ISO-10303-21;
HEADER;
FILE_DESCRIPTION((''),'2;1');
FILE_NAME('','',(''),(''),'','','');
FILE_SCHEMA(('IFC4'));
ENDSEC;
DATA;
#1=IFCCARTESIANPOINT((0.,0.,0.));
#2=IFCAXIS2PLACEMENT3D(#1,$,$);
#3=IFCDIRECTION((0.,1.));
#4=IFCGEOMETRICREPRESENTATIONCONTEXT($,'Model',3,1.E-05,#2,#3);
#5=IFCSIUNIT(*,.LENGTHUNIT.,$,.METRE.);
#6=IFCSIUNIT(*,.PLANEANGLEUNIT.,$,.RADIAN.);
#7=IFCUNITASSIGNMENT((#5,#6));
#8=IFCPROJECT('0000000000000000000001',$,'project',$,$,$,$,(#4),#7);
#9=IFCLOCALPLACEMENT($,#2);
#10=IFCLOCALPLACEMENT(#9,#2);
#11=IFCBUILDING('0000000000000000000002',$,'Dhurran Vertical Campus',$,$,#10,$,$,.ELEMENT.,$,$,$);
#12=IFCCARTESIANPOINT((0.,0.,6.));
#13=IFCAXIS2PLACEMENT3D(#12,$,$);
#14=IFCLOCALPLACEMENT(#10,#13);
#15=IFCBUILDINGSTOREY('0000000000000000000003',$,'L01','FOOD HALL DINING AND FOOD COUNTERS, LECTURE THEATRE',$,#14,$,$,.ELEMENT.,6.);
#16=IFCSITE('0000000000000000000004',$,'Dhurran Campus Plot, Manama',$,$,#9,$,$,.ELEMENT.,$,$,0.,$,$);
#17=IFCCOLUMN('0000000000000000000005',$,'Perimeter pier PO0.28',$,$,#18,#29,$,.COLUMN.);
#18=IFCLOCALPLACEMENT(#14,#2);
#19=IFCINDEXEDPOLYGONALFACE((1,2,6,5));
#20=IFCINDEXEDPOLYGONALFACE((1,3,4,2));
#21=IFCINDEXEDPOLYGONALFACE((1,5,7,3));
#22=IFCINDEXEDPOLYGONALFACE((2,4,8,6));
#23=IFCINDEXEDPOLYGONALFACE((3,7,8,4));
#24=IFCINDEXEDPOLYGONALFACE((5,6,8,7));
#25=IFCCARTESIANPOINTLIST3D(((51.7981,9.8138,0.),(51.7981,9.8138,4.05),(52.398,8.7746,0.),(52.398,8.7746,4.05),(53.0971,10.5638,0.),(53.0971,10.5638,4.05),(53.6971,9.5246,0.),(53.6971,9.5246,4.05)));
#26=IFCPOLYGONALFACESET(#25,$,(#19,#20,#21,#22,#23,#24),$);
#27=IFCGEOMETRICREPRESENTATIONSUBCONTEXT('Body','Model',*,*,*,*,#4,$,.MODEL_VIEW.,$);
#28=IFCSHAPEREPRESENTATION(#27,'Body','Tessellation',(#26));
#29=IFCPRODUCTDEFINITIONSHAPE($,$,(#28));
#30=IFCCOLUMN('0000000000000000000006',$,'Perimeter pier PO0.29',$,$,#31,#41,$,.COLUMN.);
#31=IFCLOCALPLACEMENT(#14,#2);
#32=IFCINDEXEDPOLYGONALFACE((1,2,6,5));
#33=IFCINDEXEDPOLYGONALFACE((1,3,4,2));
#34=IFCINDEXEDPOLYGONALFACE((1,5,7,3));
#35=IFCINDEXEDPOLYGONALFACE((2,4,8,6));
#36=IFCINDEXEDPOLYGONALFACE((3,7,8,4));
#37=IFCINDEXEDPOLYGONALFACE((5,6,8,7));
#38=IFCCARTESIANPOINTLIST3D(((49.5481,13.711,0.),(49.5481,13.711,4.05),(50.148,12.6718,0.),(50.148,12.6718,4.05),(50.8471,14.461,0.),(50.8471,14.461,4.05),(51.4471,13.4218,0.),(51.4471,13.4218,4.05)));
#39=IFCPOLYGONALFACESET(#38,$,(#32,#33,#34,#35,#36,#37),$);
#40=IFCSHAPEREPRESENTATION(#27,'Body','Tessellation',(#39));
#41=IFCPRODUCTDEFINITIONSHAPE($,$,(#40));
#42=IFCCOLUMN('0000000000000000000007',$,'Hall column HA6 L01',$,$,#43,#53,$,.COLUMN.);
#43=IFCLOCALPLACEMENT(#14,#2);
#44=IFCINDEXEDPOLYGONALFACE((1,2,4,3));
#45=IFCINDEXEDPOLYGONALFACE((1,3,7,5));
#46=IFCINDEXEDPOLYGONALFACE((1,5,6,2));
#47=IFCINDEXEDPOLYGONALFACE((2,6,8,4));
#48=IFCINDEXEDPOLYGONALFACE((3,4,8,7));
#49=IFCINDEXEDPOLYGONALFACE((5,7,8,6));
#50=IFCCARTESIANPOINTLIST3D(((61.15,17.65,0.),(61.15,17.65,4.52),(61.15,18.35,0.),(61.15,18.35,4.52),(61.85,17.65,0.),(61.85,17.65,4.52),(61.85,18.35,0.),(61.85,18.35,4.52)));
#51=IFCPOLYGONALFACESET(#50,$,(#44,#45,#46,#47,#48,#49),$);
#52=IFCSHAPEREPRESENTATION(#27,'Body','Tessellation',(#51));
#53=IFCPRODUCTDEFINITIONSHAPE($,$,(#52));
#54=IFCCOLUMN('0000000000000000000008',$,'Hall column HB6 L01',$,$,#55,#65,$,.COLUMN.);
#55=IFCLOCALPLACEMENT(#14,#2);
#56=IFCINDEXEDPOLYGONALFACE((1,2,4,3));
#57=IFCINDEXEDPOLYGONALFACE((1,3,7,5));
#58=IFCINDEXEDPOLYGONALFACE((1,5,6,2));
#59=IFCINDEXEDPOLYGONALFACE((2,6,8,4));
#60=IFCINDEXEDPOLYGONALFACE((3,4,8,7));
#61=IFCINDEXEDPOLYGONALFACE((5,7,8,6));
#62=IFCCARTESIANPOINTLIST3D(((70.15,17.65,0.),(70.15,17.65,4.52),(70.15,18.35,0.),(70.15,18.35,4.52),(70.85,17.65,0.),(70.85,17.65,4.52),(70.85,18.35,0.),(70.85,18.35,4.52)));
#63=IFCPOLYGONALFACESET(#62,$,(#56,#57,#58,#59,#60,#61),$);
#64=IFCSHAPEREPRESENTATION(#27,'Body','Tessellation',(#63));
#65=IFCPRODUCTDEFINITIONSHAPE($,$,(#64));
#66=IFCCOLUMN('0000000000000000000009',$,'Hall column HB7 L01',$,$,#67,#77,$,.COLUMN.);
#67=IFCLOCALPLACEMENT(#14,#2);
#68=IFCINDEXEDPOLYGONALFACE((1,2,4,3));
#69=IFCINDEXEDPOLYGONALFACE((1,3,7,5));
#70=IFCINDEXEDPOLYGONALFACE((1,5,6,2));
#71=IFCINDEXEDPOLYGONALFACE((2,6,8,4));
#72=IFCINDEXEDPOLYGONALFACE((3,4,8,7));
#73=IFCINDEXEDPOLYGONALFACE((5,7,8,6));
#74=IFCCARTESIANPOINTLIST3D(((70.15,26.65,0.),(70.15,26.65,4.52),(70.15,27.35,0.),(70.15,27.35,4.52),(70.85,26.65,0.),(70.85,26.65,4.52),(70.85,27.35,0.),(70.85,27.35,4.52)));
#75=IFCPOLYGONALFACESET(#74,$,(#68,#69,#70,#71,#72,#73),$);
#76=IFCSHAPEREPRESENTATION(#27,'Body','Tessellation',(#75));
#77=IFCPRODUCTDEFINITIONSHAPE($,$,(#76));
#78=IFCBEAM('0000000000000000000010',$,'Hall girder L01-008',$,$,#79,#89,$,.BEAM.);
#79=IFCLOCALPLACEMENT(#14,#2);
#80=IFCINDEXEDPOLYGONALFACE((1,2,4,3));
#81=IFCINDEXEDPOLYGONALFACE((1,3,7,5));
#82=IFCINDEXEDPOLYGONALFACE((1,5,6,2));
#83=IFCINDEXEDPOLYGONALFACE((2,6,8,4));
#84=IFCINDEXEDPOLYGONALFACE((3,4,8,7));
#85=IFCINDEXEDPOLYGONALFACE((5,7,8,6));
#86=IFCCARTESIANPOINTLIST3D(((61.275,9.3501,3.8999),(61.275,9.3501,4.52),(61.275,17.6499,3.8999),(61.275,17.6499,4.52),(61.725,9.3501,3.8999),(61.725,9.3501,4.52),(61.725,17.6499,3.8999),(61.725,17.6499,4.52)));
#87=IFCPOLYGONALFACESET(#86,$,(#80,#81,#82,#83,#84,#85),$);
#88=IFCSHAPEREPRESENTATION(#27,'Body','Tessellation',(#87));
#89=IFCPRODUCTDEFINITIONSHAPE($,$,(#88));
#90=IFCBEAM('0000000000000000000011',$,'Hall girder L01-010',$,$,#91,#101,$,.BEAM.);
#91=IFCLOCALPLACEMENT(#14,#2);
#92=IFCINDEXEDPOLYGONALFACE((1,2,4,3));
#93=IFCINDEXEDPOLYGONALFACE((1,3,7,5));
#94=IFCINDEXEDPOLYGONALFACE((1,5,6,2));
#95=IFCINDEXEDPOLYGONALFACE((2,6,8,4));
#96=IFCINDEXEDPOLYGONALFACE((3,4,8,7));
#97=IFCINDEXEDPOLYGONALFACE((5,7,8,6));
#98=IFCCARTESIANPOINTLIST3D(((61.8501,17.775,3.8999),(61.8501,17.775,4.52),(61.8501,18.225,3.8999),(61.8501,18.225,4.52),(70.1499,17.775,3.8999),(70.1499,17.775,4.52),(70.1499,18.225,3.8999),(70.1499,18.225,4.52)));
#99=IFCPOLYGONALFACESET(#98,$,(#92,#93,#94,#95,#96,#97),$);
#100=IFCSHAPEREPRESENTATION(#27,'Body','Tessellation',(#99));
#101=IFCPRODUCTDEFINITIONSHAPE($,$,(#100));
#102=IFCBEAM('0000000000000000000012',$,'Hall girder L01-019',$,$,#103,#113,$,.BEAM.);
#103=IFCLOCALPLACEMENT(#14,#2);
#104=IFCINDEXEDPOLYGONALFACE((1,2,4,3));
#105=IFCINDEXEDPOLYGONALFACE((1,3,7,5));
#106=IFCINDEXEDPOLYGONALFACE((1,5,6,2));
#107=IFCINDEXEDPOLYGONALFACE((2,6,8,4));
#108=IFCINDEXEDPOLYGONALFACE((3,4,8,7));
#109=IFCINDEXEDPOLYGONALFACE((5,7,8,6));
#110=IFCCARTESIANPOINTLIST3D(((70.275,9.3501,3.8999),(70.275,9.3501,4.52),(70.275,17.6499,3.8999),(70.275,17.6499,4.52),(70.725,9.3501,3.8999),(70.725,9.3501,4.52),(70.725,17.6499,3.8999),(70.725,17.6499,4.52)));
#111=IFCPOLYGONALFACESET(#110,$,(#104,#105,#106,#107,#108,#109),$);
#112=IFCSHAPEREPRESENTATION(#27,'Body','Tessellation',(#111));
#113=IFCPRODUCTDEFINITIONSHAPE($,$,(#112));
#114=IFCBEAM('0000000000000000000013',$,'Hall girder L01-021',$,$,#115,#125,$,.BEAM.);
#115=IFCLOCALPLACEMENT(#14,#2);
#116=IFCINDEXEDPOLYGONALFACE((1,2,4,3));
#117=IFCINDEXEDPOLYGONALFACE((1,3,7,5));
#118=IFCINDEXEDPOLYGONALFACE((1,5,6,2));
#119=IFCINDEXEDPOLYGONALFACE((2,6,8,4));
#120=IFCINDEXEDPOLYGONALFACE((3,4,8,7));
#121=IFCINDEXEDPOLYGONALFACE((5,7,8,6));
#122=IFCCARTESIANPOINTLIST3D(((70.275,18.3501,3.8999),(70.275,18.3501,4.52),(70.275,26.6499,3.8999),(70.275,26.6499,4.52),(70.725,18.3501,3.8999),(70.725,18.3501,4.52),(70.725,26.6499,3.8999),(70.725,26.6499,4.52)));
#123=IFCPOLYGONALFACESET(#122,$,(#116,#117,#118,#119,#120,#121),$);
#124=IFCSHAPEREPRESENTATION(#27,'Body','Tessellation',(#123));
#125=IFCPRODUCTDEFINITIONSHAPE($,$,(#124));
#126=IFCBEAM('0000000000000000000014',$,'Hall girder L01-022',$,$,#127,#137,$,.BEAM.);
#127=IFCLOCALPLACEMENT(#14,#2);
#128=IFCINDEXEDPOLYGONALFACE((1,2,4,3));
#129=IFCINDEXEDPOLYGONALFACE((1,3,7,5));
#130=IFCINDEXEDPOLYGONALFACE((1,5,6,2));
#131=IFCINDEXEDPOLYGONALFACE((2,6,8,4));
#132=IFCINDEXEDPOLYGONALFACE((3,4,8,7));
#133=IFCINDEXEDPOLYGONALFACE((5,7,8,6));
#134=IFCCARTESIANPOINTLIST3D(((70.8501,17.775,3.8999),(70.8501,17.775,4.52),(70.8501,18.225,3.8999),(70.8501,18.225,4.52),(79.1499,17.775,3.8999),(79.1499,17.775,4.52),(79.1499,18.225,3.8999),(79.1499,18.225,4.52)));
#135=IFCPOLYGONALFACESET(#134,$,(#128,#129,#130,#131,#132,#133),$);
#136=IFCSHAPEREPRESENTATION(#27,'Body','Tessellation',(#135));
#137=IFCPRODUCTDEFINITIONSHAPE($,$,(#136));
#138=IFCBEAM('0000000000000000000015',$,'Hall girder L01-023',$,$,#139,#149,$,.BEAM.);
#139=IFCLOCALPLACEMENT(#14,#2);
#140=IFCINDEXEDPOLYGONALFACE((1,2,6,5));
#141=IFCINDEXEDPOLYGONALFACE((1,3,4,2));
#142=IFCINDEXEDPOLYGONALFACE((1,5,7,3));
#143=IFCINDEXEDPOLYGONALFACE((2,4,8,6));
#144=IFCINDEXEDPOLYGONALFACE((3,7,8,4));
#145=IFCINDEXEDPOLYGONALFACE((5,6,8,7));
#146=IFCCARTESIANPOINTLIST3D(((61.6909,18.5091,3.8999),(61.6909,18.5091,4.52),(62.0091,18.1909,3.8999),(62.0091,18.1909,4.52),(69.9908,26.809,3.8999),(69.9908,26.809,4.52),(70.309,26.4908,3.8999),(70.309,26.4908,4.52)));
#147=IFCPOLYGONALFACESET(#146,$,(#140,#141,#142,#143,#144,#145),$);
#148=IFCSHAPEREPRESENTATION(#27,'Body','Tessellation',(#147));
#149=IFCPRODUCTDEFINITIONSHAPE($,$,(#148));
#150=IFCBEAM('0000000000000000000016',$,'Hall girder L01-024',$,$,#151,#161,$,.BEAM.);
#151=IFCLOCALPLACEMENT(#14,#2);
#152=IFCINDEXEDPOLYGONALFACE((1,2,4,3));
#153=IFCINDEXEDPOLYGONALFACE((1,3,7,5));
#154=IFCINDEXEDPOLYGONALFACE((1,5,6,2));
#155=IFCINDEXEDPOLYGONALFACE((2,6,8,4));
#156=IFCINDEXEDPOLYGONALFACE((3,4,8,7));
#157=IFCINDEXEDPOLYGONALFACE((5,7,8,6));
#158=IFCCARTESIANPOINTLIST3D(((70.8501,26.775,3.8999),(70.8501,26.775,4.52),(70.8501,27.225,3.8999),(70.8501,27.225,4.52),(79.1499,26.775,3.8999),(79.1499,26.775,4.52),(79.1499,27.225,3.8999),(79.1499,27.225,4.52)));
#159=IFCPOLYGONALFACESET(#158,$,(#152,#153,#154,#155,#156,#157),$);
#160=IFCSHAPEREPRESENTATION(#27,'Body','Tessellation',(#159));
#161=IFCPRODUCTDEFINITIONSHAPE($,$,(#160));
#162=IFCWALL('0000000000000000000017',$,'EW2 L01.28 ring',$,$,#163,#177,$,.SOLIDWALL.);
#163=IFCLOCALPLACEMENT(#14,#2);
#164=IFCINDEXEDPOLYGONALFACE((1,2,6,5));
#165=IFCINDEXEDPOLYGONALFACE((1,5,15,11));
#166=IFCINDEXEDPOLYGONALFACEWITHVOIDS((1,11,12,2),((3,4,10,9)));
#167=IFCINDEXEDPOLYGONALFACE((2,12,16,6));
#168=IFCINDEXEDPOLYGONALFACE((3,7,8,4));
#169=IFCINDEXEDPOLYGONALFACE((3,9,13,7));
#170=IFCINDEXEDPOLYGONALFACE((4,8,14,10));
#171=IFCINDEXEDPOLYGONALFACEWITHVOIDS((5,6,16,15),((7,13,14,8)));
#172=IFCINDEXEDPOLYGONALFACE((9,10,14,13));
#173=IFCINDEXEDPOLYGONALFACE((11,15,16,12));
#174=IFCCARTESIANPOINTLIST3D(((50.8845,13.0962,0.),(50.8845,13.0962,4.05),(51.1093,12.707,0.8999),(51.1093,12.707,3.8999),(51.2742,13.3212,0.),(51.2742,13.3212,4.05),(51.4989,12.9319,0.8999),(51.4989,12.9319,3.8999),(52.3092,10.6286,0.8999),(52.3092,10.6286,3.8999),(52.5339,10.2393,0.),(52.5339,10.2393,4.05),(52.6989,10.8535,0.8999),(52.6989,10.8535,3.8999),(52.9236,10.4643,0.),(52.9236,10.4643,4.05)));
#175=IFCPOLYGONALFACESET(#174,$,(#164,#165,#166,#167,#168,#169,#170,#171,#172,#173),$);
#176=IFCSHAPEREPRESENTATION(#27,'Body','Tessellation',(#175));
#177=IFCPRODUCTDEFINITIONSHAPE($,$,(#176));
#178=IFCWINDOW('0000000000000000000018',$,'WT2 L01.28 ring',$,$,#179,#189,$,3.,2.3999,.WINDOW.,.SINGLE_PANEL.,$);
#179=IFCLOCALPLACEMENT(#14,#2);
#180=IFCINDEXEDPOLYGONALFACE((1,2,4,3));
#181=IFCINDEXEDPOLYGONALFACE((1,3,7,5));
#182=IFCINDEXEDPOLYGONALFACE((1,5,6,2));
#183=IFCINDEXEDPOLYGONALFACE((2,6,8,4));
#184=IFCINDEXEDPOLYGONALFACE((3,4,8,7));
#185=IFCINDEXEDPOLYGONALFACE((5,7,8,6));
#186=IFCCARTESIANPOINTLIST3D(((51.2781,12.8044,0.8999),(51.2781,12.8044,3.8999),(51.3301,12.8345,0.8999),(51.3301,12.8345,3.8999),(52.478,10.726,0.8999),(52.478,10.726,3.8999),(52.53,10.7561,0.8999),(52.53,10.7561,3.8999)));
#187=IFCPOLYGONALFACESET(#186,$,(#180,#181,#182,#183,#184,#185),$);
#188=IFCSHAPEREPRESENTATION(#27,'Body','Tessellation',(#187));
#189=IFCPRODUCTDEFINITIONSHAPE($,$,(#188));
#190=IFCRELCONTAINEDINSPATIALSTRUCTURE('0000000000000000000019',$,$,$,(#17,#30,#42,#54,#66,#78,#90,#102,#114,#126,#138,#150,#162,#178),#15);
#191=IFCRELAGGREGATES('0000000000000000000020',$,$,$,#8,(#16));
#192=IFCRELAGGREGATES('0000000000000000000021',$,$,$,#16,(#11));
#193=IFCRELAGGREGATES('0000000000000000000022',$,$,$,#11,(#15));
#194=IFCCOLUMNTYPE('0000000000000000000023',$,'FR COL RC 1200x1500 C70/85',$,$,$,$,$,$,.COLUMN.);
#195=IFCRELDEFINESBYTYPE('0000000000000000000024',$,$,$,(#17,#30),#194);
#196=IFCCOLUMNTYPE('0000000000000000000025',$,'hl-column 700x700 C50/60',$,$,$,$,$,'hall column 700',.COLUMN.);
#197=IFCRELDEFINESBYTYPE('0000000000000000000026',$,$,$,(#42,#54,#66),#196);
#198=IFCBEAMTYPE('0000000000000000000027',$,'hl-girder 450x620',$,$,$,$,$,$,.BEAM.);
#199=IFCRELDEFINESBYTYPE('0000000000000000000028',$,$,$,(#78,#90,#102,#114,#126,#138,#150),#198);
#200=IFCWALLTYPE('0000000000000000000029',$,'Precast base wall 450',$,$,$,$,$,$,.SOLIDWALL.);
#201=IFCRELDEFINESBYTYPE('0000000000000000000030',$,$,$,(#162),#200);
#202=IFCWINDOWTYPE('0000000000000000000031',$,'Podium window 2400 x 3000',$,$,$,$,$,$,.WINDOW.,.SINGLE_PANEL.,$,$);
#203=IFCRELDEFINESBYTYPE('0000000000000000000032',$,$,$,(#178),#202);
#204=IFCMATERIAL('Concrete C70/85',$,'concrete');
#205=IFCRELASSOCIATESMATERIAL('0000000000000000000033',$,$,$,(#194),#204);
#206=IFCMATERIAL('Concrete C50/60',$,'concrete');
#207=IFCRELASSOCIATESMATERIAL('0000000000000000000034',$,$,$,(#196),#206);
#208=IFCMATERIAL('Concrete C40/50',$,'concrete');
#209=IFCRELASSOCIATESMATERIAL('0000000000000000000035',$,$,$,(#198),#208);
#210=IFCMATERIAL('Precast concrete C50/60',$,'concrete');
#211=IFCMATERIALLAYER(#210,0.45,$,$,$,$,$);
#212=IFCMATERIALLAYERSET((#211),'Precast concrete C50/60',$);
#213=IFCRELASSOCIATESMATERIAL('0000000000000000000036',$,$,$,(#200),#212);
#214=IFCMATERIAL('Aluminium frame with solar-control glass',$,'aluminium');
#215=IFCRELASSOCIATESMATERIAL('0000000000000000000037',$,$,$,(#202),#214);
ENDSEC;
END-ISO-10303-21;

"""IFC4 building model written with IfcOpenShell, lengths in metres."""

from ifc_helpers import new_model, si_unit, direction, frame, frame_2d, origin, origin_2d, place, context, subcontext, project, spatial, rectangle, extrude, material, layer, layer_set, material_profile, profile_set, type_object, element, fill, save


model = new_model("IFC4")

# Units and contexts
model_context = context("Model", 3, precision=1e-05, world=origin(), true_north=direction((0.0, 1.0)))
body_context = subcontext(model_context, "Body", "Model", "MODEL_VIEW")
ifc_project = project(units=[si_unit("LENGTHUNIT", "METRE"), si_unit("PLANEANGLEUNIT", "RADIAN")], contexts=[model_context])

# Site, building, storey
site_placement = place(None, origin())
site = spatial("IfcSite", under=ifc_project, at=site_placement, Name="Dhurran Campus Plot, Manama", CompositionType="ELEMENT", RefElevation=0.0)
building_placement = place(site_placement, origin())
building = spatial("IfcBuilding", under=site, at=building_placement, Name="Dhurran Vertical Campus", CompositionType="ELEMENT")
storey_placement = place(building_placement, frame((0.0, 0.0, 6.0)))
storey = spatial("IfcBuildingStorey", under=building, at=storey_placement, Name="L01", Description="FOOD HALL DINING AND FOOD COUNTERS, LECTURE THEATRE", CompositionType="ELEMENT", Elevation=6.0)

# Columns
ifc_material_1 = material(Name="Concrete C70/85", Category="concrete")
ifc_material_profile_1 = material_profile(ifc_material_1, rectangle(XDim=1.2, YDim=1.5, at=origin_2d()), Name="RC 1200x1500")
ifc_profile_set_1 = profile_set([ifc_material_profile_1], Name="Concrete C70/85")
column_type_1 = type_object("IfcColumnType", Name="FR COL RC 1200x1500 C70/85", PredefinedType="COLUMN", material=ifc_profile_set_1)
for number, where, z_axis, x_axis, name in (
    (1, (52.7476, 9.6692, 0.0), (0.0, 0.0, 1.0), (-0.5, 0.866025, 0.0), "Perimeter pier PO0.28"),
    (2, (50.4976, 13.5664, 0.0), (0.0, 0.0, 1.0), (-0.5, 0.866025, 0.0), "Perimeter pier PO0.29"),
):
    element("IfcColumn", number, at=place(storey_placement, frame(where, z_axis=z_axis, x_axis=x_axis)), inside=storey, type_object=column_type_1, Name=name, PredefinedType="COLUMN", context=body_context, shape_type="SweptSolid", body=[
        extrude(rectangle(XDim=1.2, YDim=1.5, at=origin_2d()), origin(), (0.0, 0.0, 1.0), 4.05),
    ])
ifc_material_2 = material(Name="Concrete C50/60", Category="concrete")
ifc_material_profile_2 = material_profile(ifc_material_2, rectangle(XDim=0.7, YDim=0.7, at=origin_2d()), Name="hl-column 700x700 C50/60")
ifc_profile_set_2 = profile_set([ifc_material_profile_2], Name="Concrete C50/60")
column_type_2 = type_object("IfcColumnType", Name="hl-column 700x700 C50/60", ElementType="hall column 700", PredefinedType="COLUMN", material=ifc_profile_set_2)
for number, where, z_axis, x_axis, name in (
    (3, (61.5, 18.0, 0.0), (0.0, 0.0, 1.0), (1.0, 0.0, 0.0), "Hall column HA6 L01"),
    (4, (70.5, 18.0, 0.0), (0.0, 0.0, 1.0), (1.0, 0.0, 0.0), "Hall column HB6 L01"),
    (5, (70.5, 27.0, 0.0), (0.0, 0.0, 1.0), (1.0, 0.0, 0.0), "Hall column HB7 L01"),
):
    element("IfcColumn", number, at=place(storey_placement, frame(where, z_axis=z_axis, x_axis=x_axis)), inside=storey, type_object=column_type_2, Name=name, PredefinedType="COLUMN", context=body_context, shape_type="SweptSolid", body=[
        extrude(rectangle(XDim=0.7, YDim=0.7, at=origin_2d()), origin(), (0.0, 0.0, 1.0), 4.52),
    ])

# Beams
ifc_material_3 = material(Name="Concrete C40/50", Category="concrete")
ifc_material_profile_3 = material_profile(ifc_material_3, rectangle(XDim=0.45, YDim=0.6201, at=origin_2d()), Name="hl-girder 450x620")
ifc_profile_set_3 = profile_set([ifc_material_profile_3], Name="Concrete C40/50")
beam_type = type_object("IfcBeamType", Name="hl-girder 450x620", PredefinedType="BEAM", material=ifc_profile_set_3)
for number, where, z_axis, x_axis, name in (
    (6, (61.5, 9.3501, 4.21), (0.0, 1.0, 0.0), (-1.0, 0.0, 0.0), "Hall girder L01-008"),
    (7, (61.8501, 18.0, 4.21), (1.0, 0.0, 0.0), (0.0, 1.0, 0.0), "Hall girder L01-010"),
    (8, (70.5, 9.3501, 4.21), (0.0, 1.0, 0.0), (-1.0, 0.0, 0.0), "Hall girder L01-019"),
    (9, (70.5, 18.3501, 4.21), (0.0, 1.0, 0.0), (-1.0, 0.0, 0.0), "Hall girder L01-021"),
    (10, (70.8501, 18.0, 4.21), (1.0, 0.0, 0.0), (0.0, 1.0, 0.0), "Hall girder L01-022"),
):
    element("IfcBeam", number, at=place(storey_placement, frame(where, z_axis=z_axis, x_axis=x_axis)), inside=storey, type_object=beam_type, Name=name, PredefinedType="BEAM", context=body_context, shape_type="SweptSolid", body=[
        extrude(rectangle(XDim=0.45, YDim=0.6201, at=origin_2d()), origin(), (0.0, 0.0, 1.0), 8.2998),
    ])
beam_1_placement = place(storey_placement, frame((70.1499, 26.6499, 4.21), z_axis=(-0.707107, -0.707107, 0.0), x_axis=(0.707107, -0.707107, 0.0)))
element("IfcBeam", 11, at=beam_1_placement, inside=storey, type_object=beam_type, Name="Hall girder L01-023", PredefinedType="BEAM", context=body_context, shape_type="SweptSolid", body=[
    extrude(rectangle(XDim=0.45, YDim=0.6201, at=origin_2d()), origin(), (0.0, 0.0, 1.0), 11.7378),
])
beam_2_placement = place(storey_placement, frame((70.8501, 27.0, 4.21), z_axis=(1.0, 0.0, 0.0), x_axis=(0.0, 1.0, 0.0)))
element("IfcBeam", 12, at=beam_2_placement, inside=storey, type_object=beam_type, Name="Hall girder L01-024", PredefinedType="BEAM", context=body_context, shape_type="SweptSolid", body=[
    extrude(rectangle(XDim=0.45, YDim=0.6201, at=origin_2d()), origin(), (0.0, 0.0, 1.0), 8.2998),
])

# Wall, opening, window
ifc_material_4 = material(Name="Precast concrete C50/60", Category="concrete")
ifc_layer_1 = layer(ifc_material_4, 0.45)
ifc_layer_set_1 = layer_set([ifc_layer_1], Name="Precast concrete C50/60")
wall_type_1 = type_object("IfcWallType", Name="Precast base wall 450", PredefinedType="SOLIDWALL", material=ifc_layer_set_1)
wall_1_placement = place(storey_placement, frame((52.7288, 10.3518, 0.0), z_axis=(0.0, 0.0, 1.0), x_axis=(-0.499992, 0.86603, 0.0)))
wall_1 = element("IfcWall", 13, at=wall_1_placement, inside=storey, type_object=wall_type_1, Name="EW2 L01.28 ring", PredefinedType="SOLIDWALL", context=body_context, shape_type="SweptSolid", body=[
    extrude(rectangle(XDim=3.2988, YDim=0.45, at=frame_2d((1.6494, 0.0))), origin(), (0.0, 0.0, 1.0), 4.05),
])
opening_1_placement = place(wall_1_placement, frame((0.4495, 0.0, 0.8999)))
opening_1 = element("IfcOpeningElement", 14, at=opening_1_placement, cuts=wall_1, PredefinedType="OPENING", context=body_context, shape_type="SweptSolid", body=[
    extrude(rectangle(XDim=2.3999, YDim=3.0, at=frame_2d((1.2, 1.5))), frame((0.0, 0.2349, 0.0), z_axis=(0.0, -1.0, 0.0), x_axis=(1.0, 0.0, 0.0)), (0.0, 0.0, 1.0), 0.47),
])
ifc_material_5 = material(Name="Aluminium frame with solar-control glass", Category="aluminium")
window_type_1 = type_object("IfcWindowType", Name="Podium window 2400 x 3000", PartitioningType="SINGLE_PANEL", PredefinedType="WINDOW", material=ifc_material_5)
window_1_placement = place(opening_1_placement, origin())
window_1 = element("IfcWindow", 15, at=window_1_placement, inside=storey, type_object=window_type_1, Name="WT2 L01.28 ring", OverallHeight=3.0, OverallWidth=2.3999, PartitioningType="SINGLE_PANEL", PredefinedType="WINDOW", context=body_context, shape_type="SweptSolid", body=[
    extrude(rectangle(XDim=2.3999, YDim=3.0, at=frame_2d((1.2, 1.5))), frame((0.0, 0.03, 0.0), z_axis=(0.0, -1.0, 0.0), x_axis=(1.0, 0.0, 0.0)), (0.0, 0.0, 1.0), 0.0601),
])
fill(opening_1, window_1)

save(model, "model.ifc")
